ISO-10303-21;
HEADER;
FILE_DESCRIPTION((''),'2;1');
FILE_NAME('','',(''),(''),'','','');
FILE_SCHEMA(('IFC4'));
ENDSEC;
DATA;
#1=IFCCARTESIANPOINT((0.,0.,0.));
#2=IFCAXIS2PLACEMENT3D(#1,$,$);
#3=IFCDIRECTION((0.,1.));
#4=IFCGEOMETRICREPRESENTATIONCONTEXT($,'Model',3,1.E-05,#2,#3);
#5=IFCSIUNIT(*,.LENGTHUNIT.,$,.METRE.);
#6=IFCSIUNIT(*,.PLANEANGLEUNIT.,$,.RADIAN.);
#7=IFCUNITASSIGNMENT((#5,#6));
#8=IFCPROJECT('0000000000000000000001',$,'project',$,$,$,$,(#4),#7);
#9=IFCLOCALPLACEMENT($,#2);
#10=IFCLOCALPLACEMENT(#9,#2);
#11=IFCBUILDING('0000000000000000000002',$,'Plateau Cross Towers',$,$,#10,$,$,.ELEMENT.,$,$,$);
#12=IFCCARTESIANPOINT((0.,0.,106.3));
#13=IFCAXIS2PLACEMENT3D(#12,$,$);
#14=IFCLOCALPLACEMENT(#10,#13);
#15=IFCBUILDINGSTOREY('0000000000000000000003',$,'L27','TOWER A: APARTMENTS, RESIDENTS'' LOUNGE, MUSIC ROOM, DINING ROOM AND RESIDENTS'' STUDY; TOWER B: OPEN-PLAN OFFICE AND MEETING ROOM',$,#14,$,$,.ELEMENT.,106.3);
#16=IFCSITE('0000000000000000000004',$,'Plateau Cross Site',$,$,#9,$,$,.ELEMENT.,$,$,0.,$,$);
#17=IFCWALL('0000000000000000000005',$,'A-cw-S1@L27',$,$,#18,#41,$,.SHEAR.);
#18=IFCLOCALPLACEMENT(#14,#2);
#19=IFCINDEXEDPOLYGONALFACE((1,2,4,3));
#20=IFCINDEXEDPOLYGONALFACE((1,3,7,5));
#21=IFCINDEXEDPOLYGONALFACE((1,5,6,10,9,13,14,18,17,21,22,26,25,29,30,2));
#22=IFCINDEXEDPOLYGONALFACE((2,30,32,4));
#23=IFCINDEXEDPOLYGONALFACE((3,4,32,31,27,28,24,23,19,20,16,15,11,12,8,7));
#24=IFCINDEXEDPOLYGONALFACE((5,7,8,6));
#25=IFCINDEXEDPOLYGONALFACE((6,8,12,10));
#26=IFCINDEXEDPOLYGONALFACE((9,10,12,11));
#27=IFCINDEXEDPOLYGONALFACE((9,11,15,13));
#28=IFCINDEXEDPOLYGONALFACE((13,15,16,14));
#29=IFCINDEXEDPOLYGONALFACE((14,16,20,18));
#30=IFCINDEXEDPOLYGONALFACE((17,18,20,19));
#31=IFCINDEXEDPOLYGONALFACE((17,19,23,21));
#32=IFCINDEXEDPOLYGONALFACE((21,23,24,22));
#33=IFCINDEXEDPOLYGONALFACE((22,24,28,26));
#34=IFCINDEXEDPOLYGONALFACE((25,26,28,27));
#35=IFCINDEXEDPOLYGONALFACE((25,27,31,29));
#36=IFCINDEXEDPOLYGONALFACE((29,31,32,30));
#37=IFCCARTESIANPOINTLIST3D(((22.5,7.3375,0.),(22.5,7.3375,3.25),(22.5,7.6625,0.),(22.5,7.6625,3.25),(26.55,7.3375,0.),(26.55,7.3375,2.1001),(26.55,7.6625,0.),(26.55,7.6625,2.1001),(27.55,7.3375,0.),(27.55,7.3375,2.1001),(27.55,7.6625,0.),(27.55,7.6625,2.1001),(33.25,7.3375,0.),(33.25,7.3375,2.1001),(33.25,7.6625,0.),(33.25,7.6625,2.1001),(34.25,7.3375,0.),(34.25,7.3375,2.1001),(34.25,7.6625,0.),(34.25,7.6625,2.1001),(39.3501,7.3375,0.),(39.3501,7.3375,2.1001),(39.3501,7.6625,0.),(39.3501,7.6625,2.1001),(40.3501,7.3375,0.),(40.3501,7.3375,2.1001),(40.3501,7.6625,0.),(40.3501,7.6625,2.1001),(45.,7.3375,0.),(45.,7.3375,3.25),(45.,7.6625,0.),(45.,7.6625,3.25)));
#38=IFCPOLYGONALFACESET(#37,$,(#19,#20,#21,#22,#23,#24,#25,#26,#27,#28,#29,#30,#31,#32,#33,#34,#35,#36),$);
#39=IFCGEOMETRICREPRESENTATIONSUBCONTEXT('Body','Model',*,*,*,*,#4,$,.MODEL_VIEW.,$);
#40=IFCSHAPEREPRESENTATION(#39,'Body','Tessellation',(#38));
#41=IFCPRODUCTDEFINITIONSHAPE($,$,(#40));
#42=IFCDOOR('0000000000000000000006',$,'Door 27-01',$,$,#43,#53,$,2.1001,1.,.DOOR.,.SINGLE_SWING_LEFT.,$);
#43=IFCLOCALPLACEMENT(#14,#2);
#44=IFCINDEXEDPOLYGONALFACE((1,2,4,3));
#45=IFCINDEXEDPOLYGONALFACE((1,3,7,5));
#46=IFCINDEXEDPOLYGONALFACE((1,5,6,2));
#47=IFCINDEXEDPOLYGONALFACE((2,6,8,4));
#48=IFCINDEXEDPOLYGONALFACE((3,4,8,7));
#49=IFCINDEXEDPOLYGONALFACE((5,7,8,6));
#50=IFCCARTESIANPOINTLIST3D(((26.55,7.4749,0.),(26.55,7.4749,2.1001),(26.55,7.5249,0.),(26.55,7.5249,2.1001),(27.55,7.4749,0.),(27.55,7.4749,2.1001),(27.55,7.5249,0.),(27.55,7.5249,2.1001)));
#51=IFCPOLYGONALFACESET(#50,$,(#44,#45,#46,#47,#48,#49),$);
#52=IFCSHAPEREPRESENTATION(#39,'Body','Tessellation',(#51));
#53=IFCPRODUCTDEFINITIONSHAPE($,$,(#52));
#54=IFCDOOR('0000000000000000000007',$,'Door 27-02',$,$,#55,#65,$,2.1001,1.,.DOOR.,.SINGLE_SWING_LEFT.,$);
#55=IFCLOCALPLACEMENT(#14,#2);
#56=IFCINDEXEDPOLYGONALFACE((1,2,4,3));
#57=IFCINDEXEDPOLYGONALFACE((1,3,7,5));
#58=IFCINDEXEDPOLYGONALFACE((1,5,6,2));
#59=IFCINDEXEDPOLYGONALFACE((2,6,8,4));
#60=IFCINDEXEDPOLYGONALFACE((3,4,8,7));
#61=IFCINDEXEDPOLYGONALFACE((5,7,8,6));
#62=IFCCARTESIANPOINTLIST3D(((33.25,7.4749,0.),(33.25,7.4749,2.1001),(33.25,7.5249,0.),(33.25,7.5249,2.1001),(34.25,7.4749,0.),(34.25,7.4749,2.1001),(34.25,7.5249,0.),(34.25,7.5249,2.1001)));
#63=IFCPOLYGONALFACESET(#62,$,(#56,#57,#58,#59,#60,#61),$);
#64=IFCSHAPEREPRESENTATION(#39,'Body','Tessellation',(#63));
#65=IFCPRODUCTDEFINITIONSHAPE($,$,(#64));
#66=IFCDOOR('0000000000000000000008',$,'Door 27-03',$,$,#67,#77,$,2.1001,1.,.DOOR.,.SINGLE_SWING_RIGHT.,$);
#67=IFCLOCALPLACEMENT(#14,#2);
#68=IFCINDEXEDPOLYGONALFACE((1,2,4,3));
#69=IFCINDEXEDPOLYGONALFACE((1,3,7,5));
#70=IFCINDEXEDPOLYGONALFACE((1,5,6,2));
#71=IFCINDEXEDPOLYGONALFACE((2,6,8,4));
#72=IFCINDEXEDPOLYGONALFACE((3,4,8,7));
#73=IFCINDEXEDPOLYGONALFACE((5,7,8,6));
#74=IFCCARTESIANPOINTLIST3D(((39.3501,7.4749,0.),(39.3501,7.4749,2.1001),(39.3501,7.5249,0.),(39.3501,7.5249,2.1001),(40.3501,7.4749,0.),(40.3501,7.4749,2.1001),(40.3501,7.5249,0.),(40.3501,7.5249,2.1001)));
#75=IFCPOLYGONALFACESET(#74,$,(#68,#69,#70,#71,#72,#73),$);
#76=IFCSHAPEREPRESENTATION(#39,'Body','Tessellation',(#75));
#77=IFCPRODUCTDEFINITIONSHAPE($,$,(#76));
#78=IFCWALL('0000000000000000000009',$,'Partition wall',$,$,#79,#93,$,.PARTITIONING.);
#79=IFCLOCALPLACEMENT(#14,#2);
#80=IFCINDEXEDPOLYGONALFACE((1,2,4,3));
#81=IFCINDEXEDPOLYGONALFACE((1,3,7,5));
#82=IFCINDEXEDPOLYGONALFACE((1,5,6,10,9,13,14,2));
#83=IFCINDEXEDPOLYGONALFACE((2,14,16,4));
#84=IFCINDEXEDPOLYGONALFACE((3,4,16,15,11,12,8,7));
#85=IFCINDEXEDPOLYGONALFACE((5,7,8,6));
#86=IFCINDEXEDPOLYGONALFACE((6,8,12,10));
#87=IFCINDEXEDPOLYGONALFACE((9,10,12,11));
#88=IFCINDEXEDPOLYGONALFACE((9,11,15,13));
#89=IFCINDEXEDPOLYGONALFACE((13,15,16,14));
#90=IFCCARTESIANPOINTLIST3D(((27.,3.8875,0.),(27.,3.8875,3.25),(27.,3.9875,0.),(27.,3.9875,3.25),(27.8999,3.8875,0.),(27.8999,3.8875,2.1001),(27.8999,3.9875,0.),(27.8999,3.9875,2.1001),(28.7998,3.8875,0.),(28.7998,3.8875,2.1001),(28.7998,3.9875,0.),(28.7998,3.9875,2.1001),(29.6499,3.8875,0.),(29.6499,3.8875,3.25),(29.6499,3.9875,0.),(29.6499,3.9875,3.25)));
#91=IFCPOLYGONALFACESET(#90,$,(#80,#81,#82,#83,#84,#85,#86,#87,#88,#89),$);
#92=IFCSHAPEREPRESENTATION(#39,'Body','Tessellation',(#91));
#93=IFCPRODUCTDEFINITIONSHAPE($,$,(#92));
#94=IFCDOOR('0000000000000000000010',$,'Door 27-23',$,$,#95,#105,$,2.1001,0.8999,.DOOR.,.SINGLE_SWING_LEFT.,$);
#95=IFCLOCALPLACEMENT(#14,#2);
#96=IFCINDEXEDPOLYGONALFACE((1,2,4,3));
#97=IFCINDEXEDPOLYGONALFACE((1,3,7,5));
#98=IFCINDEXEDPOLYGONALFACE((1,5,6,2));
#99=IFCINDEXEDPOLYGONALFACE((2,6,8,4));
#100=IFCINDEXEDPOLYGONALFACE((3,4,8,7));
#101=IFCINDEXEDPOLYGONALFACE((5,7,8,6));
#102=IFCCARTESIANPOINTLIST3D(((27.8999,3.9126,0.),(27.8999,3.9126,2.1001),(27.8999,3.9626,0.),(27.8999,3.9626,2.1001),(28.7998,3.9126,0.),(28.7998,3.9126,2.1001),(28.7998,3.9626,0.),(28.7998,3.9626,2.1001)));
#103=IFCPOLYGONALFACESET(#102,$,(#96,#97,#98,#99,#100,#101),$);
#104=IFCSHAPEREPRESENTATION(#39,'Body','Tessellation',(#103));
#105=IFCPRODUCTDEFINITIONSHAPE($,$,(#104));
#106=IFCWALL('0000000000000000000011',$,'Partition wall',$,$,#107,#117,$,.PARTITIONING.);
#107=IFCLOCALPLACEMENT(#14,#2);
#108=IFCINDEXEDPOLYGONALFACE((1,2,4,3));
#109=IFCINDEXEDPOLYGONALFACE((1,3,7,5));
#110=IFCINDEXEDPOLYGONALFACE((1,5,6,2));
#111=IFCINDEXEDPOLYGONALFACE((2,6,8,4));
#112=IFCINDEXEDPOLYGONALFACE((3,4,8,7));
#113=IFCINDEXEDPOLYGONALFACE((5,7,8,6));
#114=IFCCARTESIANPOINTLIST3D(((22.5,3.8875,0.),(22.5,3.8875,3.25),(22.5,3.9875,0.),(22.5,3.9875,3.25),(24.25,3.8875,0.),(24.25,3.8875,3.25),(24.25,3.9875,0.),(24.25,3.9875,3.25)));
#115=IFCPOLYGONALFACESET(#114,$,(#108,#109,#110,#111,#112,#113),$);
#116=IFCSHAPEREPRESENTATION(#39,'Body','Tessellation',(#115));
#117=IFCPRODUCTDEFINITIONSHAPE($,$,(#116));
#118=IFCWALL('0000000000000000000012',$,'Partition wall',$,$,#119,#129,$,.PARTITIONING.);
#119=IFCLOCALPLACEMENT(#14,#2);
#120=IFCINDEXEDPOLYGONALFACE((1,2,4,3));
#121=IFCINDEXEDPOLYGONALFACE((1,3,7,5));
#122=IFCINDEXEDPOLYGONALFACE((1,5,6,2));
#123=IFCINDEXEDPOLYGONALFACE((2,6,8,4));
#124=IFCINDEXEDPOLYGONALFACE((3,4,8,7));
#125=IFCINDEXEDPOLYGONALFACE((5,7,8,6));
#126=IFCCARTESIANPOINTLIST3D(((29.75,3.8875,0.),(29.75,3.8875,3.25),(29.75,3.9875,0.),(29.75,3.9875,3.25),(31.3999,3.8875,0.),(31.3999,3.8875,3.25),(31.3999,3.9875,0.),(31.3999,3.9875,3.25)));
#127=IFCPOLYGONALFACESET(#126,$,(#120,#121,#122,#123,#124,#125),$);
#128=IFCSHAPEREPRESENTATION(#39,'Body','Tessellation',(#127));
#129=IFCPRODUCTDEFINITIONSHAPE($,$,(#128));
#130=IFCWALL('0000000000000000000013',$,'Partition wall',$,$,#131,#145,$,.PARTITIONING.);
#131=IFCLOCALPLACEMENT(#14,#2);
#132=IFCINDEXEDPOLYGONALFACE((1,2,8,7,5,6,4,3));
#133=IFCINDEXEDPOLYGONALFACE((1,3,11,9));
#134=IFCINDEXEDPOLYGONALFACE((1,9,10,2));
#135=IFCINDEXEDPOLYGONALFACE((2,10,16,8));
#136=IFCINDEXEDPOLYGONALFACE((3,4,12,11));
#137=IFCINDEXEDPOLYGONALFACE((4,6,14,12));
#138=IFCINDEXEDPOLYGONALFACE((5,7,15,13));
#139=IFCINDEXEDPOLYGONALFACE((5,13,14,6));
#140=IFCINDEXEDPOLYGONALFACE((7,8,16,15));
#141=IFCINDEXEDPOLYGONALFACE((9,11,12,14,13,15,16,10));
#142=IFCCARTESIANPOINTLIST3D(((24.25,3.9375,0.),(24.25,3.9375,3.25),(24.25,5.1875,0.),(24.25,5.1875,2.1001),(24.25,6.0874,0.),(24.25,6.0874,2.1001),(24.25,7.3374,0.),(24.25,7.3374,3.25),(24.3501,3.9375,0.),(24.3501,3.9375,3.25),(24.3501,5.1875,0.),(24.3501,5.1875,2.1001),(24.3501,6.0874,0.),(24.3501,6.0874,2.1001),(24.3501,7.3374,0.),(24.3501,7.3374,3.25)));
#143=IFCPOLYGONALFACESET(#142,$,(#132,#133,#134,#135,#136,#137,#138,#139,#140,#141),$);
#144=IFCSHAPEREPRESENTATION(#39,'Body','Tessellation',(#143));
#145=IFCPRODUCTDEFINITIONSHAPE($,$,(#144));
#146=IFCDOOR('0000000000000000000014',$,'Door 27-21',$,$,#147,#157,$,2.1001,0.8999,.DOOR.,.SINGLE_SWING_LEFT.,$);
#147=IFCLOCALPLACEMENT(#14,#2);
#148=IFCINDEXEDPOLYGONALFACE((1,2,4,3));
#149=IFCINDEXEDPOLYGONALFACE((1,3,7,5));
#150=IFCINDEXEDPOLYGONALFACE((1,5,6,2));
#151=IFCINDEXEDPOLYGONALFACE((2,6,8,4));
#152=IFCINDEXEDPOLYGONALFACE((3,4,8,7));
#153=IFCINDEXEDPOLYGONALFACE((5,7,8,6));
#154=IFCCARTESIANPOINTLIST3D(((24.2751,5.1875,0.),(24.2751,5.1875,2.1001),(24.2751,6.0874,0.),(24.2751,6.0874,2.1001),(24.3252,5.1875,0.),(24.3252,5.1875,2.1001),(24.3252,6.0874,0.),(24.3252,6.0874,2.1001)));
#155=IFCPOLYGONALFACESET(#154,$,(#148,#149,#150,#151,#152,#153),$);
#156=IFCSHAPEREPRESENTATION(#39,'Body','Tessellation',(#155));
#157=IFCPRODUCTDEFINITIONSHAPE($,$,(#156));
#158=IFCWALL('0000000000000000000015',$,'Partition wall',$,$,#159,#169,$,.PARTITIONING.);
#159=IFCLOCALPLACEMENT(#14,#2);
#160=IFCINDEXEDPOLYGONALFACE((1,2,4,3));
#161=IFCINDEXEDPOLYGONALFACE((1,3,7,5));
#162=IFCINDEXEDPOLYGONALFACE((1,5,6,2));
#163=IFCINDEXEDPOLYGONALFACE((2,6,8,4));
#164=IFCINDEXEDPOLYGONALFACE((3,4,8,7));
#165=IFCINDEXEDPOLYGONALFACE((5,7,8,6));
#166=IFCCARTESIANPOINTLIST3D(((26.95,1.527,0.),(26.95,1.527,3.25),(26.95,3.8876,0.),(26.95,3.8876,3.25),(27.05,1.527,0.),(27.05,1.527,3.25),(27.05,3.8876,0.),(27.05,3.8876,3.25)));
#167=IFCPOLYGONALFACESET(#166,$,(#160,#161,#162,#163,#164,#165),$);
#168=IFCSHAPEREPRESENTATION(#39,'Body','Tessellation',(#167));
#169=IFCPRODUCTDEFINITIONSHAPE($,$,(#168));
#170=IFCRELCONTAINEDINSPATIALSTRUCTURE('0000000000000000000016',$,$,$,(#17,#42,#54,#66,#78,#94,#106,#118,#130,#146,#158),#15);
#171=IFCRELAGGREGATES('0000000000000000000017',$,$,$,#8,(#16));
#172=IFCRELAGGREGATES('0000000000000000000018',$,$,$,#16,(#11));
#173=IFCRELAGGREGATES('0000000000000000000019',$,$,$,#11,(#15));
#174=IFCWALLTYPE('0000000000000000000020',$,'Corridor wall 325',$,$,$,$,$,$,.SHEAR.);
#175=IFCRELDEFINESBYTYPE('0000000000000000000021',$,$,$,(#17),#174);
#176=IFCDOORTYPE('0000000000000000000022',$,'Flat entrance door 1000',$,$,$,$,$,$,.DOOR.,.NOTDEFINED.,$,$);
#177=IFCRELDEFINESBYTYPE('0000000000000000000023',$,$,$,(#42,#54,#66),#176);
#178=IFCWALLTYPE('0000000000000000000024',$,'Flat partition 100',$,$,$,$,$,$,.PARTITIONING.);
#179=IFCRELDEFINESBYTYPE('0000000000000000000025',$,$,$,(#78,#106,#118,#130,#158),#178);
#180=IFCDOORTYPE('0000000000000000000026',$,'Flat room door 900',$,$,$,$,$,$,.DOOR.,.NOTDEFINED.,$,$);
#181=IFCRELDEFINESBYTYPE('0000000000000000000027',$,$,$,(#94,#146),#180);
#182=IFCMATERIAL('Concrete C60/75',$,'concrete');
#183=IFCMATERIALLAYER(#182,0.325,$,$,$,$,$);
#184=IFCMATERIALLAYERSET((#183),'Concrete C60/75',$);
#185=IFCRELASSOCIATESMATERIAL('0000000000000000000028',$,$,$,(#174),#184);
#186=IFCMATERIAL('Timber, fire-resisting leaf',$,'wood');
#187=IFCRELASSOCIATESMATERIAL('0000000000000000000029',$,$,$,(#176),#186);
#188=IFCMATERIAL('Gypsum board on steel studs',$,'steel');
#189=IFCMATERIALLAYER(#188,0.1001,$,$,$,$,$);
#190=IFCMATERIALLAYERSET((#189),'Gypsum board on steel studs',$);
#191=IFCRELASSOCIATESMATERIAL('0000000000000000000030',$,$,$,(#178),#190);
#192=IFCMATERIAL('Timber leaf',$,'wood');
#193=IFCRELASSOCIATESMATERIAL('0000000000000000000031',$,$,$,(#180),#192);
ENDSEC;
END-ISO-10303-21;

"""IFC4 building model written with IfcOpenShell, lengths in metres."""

from ifc_helpers import new_model, si_unit, direction, frame, frame_2d, origin, place, context, subcontext, project, spatial, rectangle, extrude, material, layer, layer_set, type_object, element, fill, save


model = new_model("IFC4")

# Units and contexts
model_context = context("Model", 3, precision=1e-05, world=origin(), true_north=direction((0.0, 1.0)))
body_context = subcontext(model_context, "Body", "Model", "MODEL_VIEW")
ifc_project = project(units=[si_unit("LENGTHUNIT", "METRE"), si_unit("PLANEANGLEUNIT", "RADIAN")], contexts=[model_context])

# Site, building, storey
site_placement = place(None, origin())
site = spatial("IfcSite", under=ifc_project, at=site_placement, Name="Plateau Cross Site", CompositionType="ELEMENT", RefElevation=0.0)
building_placement = place(site_placement, origin())
building = spatial("IfcBuilding", under=site, at=building_placement, Name="Plateau Cross Towers", CompositionType="ELEMENT")
storey_placement = place(building_placement, frame((0.0, 0.0, 106.3)))
storey = spatial("IfcBuildingStorey", under=building, at=storey_placement, Name="L27", Description="TOWER A: APARTMENTS, RESIDENTS' LOUNGE, MUSIC ROOM, DINING ROOM AND RESIDENTS' STUDY; TOWER B: OPEN-PLAN OFFICE AND MEETING ROOM", CompositionType="ELEMENT", Elevation=106.3)

# Shared definitions
ifc_material_1 = material(Name="Concrete C60/75", Category="concrete")

# Wall, openings, doors
ifc_layer_1 = layer(ifc_material_1, 0.325)
ifc_layer_set_1 = layer_set([ifc_layer_1], Name="Concrete C60/75")
wall_type_1 = type_object("IfcWallType", Name="Corridor wall 325", PredefinedType="SHEAR", material=ifc_layer_set_1)
wall_1_placement = place(storey_placement, frame((22.5, 7.5, 0.0), z_axis=(0.0, 0.0, 1.0), x_axis=(1.0, 0.0, 0.0)))
wall_1 = element("IfcWall", 1, at=wall_1_placement, inside=storey, type_object=wall_type_1, Name="A-cw-S1@L27", PredefinedType="SHEAR", context=body_context, shape_type="SweptSolid", body=[
    extrude(rectangle(XDim=22.5, YDim=0.325, at=frame_2d((11.25, 0.0))), origin(), (0.0, 0.0, 1.0), 3.25),
])
opening_1_placement = place(wall_1_placement, frame((4.05, 0.0, 0.0)))
opening_1 = element("IfcOpeningElement", 2, at=opening_1_placement, cuts=wall_1, PredefinedType="OPENING", context=body_context, shape_type="SweptSolid", body=[
    extrude(rectangle(XDim=1.0, YDim=2.1001, at=frame_2d((0.5, 1.05))), frame((0.0, 0.1724, 0.0), z_axis=(0.0, -1.0, 0.0), x_axis=(1.0, 0.0, 0.0)), (0.0, 0.0, 1.0), 0.345),
])
opening_2_placement = place(wall_1_placement, frame((10.75, 0.0, 0.0)))
opening_2 = element("IfcOpeningElement", 3, at=opening_2_placement, cuts=wall_1, PredefinedType="OPENING", context=body_context, shape_type="SweptSolid", body=[
    extrude(rectangle(XDim=1.0, YDim=2.1001, at=frame_2d((0.5, 1.05))), frame((0.0, 0.1724, 0.0), z_axis=(0.0, -1.0, 0.0), x_axis=(1.0, 0.0, 0.0)), (0.0, 0.0, 1.0), 0.345),
])
opening_3_placement = place(wall_1_placement, frame((16.8501, 0.0, 0.0)))
opening_3 = element("IfcOpeningElement", 4, at=opening_3_placement, cuts=wall_1, PredefinedType="OPENING", context=body_context, shape_type="SweptSolid", body=[
    extrude(rectangle(XDim=1.0, YDim=2.1001, at=frame_2d((0.5, 1.05))), frame((0.0, 0.1724, 0.0), z_axis=(0.0, -1.0, 0.0), x_axis=(1.0, 0.0, 0.0)), (0.0, 0.0, 1.0), 0.345),
])
ifc_material_2 = material(Name="Timber, fire-resisting leaf", Category="wood")
door_type_1 = type_object("IfcDoorType", Name="Flat entrance door 1000", OperationType="NOTDEFINED", PredefinedType="DOOR", material=ifc_material_2)
door_1_placement = place(opening_1_placement, origin())
door_1 = element("IfcDoor", 5, at=door_1_placement, inside=storey, type_object=door_type_1, Name="Door 27-01", OperationType="SINGLE_SWING_LEFT", OverallHeight=2.1001, OverallWidth=1.0, PredefinedType="DOOR", context=body_context, shape_type="SweptSolid", body=[
    extrude(rectangle(XDim=1.0, YDim=2.1001, at=frame_2d((0.5, 1.05))), frame((0.0, 0.0249, 0.0), z_axis=(0.0, -1.0, 0.0), x_axis=(1.0, 0.0, 0.0)), (0.0, 0.0, 1.0), 0.05),
])
fill(opening_1, door_1)
door_2_placement = place(opening_2_placement, origin())
door_2 = element("IfcDoor", 6, at=door_2_placement, inside=storey, type_object=door_type_1, Name="Door 27-02", OperationType="SINGLE_SWING_LEFT", OverallHeight=2.1001, OverallWidth=1.0, PredefinedType="DOOR", context=body_context, shape_type="SweptSolid", body=[
    extrude(rectangle(XDim=1.0, YDim=2.1001, at=frame_2d((0.5, 1.05))), frame((0.0, 0.0249, 0.0), z_axis=(0.0, -1.0, 0.0), x_axis=(1.0, 0.0, 0.0)), (0.0, 0.0, 1.0), 0.05),
])
fill(opening_2, door_2)
door_3_placement = place(opening_3_placement, origin())
door_3 = element("IfcDoor", 7, at=door_3_placement, inside=storey, type_object=door_type_1, Name="Door 27-03", OperationType="SINGLE_SWING_RIGHT", OverallHeight=2.1001, OverallWidth=1.0, PredefinedType="DOOR", context=body_context, shape_type="SweptSolid", body=[
    extrude(rectangle(XDim=1.0, YDim=2.1001, at=frame_2d((0.5, 1.05))), frame((0.0, 0.0249, 0.0), z_axis=(0.0, -1.0, 0.0), x_axis=(1.0, 0.0, 0.0)), (0.0, 0.0, 1.0), 0.05),
])
fill(opening_3, door_3)

# Wall, opening, door
ifc_material_3 = material(Name="Gypsum board on steel studs", Category="steel")
ifc_layer_2 = layer(ifc_material_3, 0.1001)
ifc_layer_set_2 = layer_set([ifc_layer_2], Name="Gypsum board on steel studs")
wall_type_2 = type_object("IfcWallType", Name="Flat partition 100", PredefinedType="PARTITIONING", material=ifc_layer_set_2)
wall_2_placement = place(storey_placement, frame((29.6499, 3.9375, 0.0), z_axis=(0.0, 0.0, 1.0), x_axis=(-1.0, 0.0, 0.0)))
wall_2 = element("IfcWall", 8, at=wall_2_placement, inside=storey, type_object=wall_type_2, Name="Partition wall", PredefinedType="PARTITIONING", context=body_context, shape_type="SweptSolid", body=[
    extrude(rectangle(XDim=2.6499, YDim=0.1001, at=frame_2d((1.325, 0.0))), origin(), (0.0, 0.0, 1.0), 3.25),
])
opening_4_placement = place(wall_2_placement, frame((0.8501, 0.0, 0.0)))
opening_4 = element("IfcOpeningElement", 9, at=opening_4_placement, cuts=wall_2, PredefinedType="OPENING", context=body_context, shape_type="SweptSolid", body=[
    extrude(rectangle(XDim=0.8999, YDim=2.1001, at=frame_2d((0.45, 1.05))), frame((0.0, 0.0601, 0.0), z_axis=(0.0, -1.0, 0.0), x_axis=(1.0, 0.0, 0.0)), (0.0, 0.0, 1.0), 0.1201),
])
ifc_material_4 = material(Name="Timber leaf", Category="wood")
door_type_2 = type_object("IfcDoorType", Name="Flat room door 900", OperationType="NOTDEFINED", PredefinedType="DOOR", material=ifc_material_4)
door_4_placement = place(opening_4_placement, origin())
door_4 = element("IfcDoor", 10, at=door_4_placement, inside=storey, type_object=door_type_2, Name="Door 27-23", OperationType="SINGLE_SWING_LEFT", OverallHeight=2.1001, OverallWidth=0.8999, PredefinedType="DOOR", context=body_context, shape_type="SweptSolid", body=[
    extrude(rectangle(XDim=0.8999, YDim=2.1001, at=frame_2d((0.45, 1.05))), frame((0.0, 0.0249, 0.0), z_axis=(0.0, -1.0, 0.0), x_axis=(1.0, 0.0, 0.0)), (0.0, 0.0, 1.0), 0.05),
])
fill(opening_4, door_4)

# Walls
wall_3_placement = place(storey_placement, frame((22.5, 3.9375, 0.0), z_axis=(0.0, 0.0, 1.0), x_axis=(1.0, 0.0, 0.0)))
element("IfcWall", 11, at=wall_3_placement, inside=storey, type_object=wall_type_2, Name="Partition wall", PredefinedType="PARTITIONING", context=body_context, shape_type="SweptSolid", body=[
    extrude(rectangle(XDim=1.75, YDim=0.1001, at=frame_2d((0.875, 0.0))), origin(), (0.0, 0.0, 1.0), 3.25),
])
wall_4_placement = place(storey_placement, frame((29.75, 3.9375, 0.0), z_axis=(0.0, 0.0, 1.0), x_axis=(1.0, 0.0, 0.0)))
element("IfcWall", 12, at=wall_4_placement, inside=storey, type_object=wall_type_2, Name="Partition wall", PredefinedType="PARTITIONING", context=body_context, shape_type="SweptSolid", body=[
    extrude(rectangle(XDim=1.6499, YDim=0.1001, at=frame_2d((0.825, 0.0))), origin(), (0.0, 0.0, 1.0), 3.25),
])

# Wall, opening, door
wall_5_placement = place(storey_placement, frame((24.3, 3.9375, 0.0), z_axis=(0.0, 0.0, 1.0), x_axis=(0.0, 1.0, 0.0)))
wall_5 = element("IfcWall", 13, at=wall_5_placement, inside=storey, type_object=wall_type_2, Name="Partition wall", PredefinedType="PARTITIONING", context=body_context, shape_type="SweptSolid", body=[
    extrude(rectangle(XDim=3.3999, YDim=0.1001, at=frame_2d((1.7, 0.0))), origin(), (0.0, 0.0, 1.0), 3.25),
])
opening_5_placement = place(wall_5_placement, frame((1.25, 0.0, 0.0)))
opening_5 = element("IfcOpeningElement", 14, at=opening_5_placement, cuts=wall_5, PredefinedType="OPENING", context=body_context, shape_type="SweptSolid", body=[
    extrude(rectangle(XDim=0.8999, YDim=2.1001, at=frame_2d((0.45, 1.05))), frame((0.0, 0.0601, 0.0), z_axis=(0.0, -1.0, 0.0), x_axis=(1.0, 0.0, 0.0)), (0.0, 0.0, 1.0), 0.1201),
])
door_5_placement = place(opening_5_placement, origin())
door_5 = element("IfcDoor", 15, at=door_5_placement, inside=storey, type_object=door_type_2, Name="Door 27-21", OperationType="SINGLE_SWING_LEFT", OverallHeight=2.1001, OverallWidth=0.8999, PredefinedType="DOOR", context=body_context, shape_type="SweptSolid", body=[
    extrude(rectangle(XDim=0.8999, YDim=2.1001, at=frame_2d((0.45, 1.05))), frame((0.0, 0.0249, 0.0), z_axis=(0.0, -1.0, 0.0), x_axis=(1.0, 0.0, 0.0)), (0.0, 0.0, 1.0), 0.05),
])
fill(opening_5, door_5)

# Wall
wall_6_placement = place(storey_placement, frame((27.0, 3.8875, 0.0), z_axis=(0.0, 0.0, 1.0), x_axis=(0.0, -1.0, 0.0)))
element("IfcWall", 16, at=wall_6_placement, inside=storey, type_object=wall_type_2, Name="Partition wall", PredefinedType="PARTITIONING", context=body_context, shape_type="SweptSolid", body=[
    extrude(rectangle(XDim=2.3606, YDim=0.1001, at=frame_2d((1.1802, 0.0))), origin(), (0.0, 0.0, 1.0), 3.25),
])

save(model, "model.ifc")
